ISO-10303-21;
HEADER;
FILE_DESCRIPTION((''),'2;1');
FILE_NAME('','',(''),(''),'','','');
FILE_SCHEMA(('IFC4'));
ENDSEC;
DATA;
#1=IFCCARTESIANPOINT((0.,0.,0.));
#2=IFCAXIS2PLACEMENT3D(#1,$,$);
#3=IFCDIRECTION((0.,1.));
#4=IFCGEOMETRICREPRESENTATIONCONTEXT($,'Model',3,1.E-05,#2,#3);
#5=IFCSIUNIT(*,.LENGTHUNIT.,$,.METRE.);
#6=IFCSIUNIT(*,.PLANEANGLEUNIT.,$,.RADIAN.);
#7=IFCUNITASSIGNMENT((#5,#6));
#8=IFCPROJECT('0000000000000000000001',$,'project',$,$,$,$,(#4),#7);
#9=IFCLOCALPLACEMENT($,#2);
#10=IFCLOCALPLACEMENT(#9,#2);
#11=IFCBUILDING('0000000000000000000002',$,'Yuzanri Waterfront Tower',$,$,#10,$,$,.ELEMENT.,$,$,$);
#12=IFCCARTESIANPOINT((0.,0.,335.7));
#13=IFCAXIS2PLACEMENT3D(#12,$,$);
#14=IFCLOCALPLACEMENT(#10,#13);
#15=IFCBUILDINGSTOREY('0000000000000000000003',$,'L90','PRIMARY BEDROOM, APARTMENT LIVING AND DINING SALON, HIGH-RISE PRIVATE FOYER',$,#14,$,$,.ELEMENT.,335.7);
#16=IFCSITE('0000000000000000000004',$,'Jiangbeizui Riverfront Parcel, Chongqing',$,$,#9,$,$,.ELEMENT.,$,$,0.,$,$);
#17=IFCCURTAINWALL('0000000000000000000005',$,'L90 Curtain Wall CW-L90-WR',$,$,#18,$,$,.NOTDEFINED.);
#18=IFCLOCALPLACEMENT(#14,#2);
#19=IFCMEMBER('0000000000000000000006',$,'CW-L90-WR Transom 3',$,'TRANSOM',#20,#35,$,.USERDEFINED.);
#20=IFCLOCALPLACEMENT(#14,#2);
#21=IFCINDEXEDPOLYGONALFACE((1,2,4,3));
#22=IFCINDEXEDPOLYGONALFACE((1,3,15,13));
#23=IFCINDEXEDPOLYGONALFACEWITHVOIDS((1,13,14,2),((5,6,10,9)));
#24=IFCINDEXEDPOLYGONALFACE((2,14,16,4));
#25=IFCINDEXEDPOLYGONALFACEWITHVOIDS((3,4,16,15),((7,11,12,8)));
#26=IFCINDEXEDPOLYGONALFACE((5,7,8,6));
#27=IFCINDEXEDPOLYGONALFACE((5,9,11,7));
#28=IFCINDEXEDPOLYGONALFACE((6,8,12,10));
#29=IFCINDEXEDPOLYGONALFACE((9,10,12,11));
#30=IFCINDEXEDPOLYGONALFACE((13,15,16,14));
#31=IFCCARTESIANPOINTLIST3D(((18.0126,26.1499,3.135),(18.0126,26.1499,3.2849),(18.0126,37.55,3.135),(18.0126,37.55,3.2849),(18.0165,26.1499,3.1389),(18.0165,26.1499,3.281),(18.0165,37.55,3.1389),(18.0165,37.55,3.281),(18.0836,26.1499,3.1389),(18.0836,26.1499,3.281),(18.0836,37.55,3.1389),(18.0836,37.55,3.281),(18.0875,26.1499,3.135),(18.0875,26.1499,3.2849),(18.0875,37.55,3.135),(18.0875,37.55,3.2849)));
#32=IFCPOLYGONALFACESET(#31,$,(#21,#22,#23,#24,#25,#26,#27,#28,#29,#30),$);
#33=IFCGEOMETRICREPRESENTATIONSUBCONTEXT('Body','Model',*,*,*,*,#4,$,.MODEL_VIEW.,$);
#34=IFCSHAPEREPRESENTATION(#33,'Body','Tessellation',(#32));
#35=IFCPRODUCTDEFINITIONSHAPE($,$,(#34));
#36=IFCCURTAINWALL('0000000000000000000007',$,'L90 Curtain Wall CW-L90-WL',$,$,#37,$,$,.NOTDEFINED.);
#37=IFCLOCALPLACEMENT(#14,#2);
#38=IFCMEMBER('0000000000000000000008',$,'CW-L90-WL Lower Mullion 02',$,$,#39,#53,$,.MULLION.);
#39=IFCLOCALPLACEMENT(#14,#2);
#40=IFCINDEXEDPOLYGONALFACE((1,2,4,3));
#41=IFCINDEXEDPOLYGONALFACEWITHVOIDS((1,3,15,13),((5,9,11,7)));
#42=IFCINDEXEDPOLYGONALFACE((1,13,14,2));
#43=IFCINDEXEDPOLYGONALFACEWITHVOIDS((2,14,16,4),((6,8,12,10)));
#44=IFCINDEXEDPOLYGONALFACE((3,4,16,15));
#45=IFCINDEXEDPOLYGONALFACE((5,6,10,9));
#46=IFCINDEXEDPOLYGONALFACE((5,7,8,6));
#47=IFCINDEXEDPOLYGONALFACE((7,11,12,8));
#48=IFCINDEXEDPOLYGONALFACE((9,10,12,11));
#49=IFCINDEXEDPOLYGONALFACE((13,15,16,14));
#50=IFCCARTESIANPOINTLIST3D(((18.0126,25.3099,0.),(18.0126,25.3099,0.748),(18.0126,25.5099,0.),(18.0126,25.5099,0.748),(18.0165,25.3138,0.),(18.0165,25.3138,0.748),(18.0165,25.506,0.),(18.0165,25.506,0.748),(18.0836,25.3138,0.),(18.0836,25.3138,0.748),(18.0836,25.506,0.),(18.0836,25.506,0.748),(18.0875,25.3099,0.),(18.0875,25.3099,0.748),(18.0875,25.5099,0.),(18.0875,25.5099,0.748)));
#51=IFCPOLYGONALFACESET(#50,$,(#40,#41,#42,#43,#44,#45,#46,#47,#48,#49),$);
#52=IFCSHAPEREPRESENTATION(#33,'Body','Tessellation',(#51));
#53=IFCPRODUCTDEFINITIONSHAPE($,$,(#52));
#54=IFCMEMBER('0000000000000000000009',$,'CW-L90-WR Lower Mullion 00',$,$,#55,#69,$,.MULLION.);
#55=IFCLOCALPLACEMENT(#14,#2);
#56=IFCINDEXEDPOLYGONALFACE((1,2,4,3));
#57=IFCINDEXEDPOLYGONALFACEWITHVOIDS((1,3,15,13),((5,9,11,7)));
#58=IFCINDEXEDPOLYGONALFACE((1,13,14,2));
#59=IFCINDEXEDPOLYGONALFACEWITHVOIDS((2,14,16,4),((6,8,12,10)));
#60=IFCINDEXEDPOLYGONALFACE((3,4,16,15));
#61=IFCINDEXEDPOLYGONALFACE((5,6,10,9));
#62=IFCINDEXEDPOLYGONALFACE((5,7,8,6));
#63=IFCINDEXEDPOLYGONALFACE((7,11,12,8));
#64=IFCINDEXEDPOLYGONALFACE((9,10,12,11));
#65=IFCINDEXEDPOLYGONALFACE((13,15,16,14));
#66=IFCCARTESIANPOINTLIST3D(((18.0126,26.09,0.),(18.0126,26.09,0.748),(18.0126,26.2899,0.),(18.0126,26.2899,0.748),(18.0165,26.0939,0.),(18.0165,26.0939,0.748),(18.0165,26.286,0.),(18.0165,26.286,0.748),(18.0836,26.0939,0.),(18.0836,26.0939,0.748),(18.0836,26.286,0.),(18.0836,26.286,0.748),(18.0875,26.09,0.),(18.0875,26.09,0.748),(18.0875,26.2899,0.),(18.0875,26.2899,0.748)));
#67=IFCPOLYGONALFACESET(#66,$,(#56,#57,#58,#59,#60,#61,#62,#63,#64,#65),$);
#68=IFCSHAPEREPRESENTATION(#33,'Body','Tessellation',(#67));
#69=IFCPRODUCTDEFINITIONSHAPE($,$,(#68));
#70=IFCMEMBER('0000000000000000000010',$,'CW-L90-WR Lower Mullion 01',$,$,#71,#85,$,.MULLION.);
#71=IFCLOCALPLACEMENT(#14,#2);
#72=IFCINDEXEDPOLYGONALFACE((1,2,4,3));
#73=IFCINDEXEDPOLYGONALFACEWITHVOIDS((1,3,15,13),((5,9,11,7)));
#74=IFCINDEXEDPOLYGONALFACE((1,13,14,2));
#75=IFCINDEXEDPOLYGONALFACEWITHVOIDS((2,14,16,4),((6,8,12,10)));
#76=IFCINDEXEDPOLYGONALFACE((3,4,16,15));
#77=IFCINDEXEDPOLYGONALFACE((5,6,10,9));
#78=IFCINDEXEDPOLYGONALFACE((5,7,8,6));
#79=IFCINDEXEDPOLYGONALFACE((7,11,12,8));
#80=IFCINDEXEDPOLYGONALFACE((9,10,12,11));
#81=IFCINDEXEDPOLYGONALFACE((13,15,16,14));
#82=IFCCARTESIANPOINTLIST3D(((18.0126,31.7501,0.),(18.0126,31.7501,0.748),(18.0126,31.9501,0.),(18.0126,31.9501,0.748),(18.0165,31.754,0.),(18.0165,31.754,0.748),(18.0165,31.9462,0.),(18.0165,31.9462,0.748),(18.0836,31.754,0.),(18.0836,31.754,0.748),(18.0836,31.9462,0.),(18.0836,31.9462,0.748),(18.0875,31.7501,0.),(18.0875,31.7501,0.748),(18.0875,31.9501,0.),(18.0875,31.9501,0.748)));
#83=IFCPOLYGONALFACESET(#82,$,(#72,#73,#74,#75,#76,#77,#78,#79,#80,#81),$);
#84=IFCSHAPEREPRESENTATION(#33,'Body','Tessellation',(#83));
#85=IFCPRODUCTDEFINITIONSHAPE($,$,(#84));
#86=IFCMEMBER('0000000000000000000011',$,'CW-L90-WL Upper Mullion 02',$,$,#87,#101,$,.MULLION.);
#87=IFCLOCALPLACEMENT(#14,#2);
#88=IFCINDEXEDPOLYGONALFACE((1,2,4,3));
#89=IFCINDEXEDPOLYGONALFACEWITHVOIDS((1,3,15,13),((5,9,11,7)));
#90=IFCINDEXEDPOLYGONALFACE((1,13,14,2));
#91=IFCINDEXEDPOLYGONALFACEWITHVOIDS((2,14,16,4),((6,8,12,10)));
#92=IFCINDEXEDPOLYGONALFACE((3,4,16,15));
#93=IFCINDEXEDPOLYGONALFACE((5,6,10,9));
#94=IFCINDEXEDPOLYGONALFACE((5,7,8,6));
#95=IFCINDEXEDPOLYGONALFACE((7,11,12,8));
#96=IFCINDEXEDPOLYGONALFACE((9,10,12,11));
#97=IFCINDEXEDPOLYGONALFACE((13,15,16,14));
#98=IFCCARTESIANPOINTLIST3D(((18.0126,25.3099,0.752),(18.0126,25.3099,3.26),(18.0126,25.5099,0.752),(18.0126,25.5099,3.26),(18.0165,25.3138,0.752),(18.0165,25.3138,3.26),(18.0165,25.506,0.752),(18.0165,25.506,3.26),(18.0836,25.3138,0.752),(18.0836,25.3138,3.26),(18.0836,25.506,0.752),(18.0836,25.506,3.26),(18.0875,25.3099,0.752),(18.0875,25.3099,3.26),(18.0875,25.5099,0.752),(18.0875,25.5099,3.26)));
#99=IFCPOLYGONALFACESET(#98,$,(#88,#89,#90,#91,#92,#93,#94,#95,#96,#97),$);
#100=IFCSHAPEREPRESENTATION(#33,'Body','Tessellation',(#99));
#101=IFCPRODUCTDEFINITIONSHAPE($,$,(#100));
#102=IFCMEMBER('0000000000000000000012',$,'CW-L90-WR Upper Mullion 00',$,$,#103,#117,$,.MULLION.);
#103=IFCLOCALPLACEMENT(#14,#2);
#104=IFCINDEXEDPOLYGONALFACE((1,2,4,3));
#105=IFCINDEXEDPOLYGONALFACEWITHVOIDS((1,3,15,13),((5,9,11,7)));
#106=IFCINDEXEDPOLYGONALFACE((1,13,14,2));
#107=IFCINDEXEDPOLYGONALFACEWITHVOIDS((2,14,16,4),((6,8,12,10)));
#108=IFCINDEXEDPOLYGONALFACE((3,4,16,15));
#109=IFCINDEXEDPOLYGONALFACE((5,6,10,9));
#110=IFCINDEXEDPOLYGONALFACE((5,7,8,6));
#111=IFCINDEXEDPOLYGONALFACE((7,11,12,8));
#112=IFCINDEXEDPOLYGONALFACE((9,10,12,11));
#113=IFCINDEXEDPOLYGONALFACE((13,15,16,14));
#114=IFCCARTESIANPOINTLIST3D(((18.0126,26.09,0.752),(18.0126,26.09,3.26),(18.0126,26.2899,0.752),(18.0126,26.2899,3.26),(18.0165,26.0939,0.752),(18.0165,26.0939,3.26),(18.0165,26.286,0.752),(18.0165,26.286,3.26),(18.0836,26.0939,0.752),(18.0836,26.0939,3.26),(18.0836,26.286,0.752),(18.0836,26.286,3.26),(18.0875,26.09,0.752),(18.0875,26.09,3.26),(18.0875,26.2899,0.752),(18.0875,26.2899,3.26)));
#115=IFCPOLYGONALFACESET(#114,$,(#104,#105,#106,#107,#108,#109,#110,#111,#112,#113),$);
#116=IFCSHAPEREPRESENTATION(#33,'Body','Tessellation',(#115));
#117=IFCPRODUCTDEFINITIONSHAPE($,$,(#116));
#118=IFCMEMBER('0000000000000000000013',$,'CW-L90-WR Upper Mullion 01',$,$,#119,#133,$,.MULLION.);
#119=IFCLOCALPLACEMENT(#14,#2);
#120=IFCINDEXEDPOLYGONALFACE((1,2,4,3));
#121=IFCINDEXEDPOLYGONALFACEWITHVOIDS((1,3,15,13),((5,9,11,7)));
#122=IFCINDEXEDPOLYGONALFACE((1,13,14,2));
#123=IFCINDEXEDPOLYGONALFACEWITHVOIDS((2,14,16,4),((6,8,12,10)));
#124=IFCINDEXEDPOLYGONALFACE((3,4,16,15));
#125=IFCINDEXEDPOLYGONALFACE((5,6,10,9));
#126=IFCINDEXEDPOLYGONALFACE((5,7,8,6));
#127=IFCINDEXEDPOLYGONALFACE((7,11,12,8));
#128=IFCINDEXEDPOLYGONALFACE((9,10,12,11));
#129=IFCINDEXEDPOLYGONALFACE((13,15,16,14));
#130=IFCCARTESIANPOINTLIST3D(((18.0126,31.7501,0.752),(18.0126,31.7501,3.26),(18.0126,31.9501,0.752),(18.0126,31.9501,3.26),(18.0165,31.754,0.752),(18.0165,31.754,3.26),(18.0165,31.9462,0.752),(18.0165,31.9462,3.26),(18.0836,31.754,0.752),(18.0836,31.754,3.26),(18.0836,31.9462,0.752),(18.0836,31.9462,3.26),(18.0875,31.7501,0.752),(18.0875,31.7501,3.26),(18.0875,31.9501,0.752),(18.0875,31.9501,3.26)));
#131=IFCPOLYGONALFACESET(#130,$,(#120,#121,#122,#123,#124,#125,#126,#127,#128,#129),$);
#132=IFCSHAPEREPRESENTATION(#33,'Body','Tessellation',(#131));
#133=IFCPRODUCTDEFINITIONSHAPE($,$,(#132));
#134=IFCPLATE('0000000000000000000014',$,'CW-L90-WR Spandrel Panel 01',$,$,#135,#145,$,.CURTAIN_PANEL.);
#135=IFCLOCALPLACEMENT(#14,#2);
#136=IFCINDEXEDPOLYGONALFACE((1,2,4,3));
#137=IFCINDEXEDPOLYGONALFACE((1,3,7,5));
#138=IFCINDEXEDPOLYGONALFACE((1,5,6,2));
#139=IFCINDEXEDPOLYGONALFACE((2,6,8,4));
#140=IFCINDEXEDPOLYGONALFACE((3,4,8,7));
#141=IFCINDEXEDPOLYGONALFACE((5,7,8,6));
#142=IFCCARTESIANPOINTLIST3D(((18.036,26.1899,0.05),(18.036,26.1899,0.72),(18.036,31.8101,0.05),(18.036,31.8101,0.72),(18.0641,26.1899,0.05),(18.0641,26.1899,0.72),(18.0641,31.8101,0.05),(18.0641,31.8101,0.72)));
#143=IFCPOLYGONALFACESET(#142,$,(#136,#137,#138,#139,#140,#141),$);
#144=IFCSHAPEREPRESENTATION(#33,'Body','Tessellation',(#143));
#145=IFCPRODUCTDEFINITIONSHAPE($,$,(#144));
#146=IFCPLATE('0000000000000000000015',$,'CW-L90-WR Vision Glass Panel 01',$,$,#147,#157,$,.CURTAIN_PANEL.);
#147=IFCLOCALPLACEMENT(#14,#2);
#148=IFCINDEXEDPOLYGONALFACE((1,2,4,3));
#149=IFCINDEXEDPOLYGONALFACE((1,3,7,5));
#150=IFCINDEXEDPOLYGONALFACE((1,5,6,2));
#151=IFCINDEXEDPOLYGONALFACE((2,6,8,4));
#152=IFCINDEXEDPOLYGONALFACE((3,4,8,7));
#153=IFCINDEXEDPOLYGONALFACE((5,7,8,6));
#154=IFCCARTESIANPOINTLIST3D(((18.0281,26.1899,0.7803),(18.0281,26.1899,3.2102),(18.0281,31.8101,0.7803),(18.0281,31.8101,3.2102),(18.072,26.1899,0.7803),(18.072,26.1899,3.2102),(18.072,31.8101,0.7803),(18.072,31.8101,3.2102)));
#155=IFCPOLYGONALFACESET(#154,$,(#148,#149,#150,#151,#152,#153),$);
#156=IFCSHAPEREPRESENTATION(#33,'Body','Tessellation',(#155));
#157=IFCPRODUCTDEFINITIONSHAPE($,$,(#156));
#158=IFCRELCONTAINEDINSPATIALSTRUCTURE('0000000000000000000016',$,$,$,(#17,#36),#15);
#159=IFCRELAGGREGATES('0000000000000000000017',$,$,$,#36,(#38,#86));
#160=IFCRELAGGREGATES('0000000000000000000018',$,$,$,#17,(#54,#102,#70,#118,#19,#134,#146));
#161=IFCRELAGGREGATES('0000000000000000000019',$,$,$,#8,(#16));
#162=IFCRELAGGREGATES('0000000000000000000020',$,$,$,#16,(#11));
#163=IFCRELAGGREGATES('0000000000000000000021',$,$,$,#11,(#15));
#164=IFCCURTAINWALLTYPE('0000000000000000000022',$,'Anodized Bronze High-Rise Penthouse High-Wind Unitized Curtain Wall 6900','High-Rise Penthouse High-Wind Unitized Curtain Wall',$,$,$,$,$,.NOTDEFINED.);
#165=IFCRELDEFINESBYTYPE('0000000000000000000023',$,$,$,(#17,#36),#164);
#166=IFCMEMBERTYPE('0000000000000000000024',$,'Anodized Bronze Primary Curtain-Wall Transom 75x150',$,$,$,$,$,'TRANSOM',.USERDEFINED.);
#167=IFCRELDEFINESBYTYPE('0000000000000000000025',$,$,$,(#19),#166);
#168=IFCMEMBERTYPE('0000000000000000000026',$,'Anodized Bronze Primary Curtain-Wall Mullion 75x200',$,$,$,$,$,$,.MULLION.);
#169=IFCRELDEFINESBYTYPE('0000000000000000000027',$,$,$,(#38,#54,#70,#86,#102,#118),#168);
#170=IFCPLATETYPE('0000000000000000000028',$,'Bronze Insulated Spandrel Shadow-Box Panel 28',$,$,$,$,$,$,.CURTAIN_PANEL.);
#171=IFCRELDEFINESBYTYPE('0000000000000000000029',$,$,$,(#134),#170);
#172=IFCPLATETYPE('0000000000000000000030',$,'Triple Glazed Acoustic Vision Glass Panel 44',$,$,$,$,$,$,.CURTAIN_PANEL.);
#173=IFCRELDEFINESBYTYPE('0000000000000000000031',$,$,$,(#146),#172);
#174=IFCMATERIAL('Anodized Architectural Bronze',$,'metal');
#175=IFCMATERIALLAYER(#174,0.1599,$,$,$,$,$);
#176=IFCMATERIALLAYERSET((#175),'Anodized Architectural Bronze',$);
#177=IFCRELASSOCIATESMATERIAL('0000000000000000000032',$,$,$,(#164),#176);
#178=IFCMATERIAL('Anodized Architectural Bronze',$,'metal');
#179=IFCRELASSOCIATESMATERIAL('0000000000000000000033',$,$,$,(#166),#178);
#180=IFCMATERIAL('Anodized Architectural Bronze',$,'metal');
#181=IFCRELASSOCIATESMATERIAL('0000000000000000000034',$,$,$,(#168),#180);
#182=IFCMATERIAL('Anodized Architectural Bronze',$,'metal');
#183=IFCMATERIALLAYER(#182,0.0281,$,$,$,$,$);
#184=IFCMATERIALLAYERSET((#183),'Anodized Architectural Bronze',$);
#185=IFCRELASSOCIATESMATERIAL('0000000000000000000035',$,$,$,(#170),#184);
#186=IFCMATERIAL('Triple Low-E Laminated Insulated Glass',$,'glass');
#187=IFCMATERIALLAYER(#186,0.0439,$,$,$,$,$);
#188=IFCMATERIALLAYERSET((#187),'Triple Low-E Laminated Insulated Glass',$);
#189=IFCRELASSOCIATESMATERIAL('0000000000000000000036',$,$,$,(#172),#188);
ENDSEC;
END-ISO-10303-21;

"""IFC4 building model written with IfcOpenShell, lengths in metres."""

from ifc_helpers import new_model, si_unit, direction, frame, origin, origin_2d, place, context, subcontext, project, spatial, rectangle, hollow_rectangle, extrude, source, transform, mapped, material, layer, layer_set, material_profile, profile_set, type_object, element, aggregate, save


model = new_model("IFC4")

# Units and contexts
model_context = context("Model", 3, precision=1e-05, world=origin(), true_north=direction((0.0, 1.0)))
body_context = subcontext(model_context, "Body", "Model", "MODEL_VIEW")
ifc_project = project(units=[si_unit("LENGTHUNIT", "METRE"), si_unit("PLANEANGLEUNIT", "RADIAN")], contexts=[model_context])

# Site, building, storey
site_placement = place(None, origin())
site = spatial("IfcSite", under=ifc_project, at=site_placement, Name="Jiangbeizui Riverfront Parcel, Chongqing", CompositionType="ELEMENT", RefElevation=0.0)
building_placement = place(site_placement, origin())
building = spatial("IfcBuilding", under=site, at=building_placement, Name="Yuzanri Waterfront Tower", CompositionType="ELEMENT")
storey_placement = place(building_placement, frame((0.0, 0.0, 335.7)))
storey = spatial("IfcBuildingStorey", under=building, at=storey_placement, Name="L90", Description="PRIMARY BEDROOM, APARTMENT LIVING AND DINING SALON, HIGH-RISE PRIVATE FOYER", CompositionType="ELEMENT", Elevation=335.7)

# Curtain wall, member
ifc_material_1 = material(Name="Anodized Architectural Bronze", Category="metal")
ifc_layer_1 = layer(ifc_material_1, 0.1599)
ifc_layer_set_1 = layer_set([ifc_layer_1], Name="Anodized Architectural Bronze")
curtain_wall_type = type_object("IfcCurtainWallType", Name="Anodized Bronze High-Rise Penthouse High-Wind Unitized Curtain Wall 6900", Description="High-Rise Penthouse High-Wind Unitized Curtain Wall", PredefinedType="NOTDEFINED", material=ifc_layer_set_1)
curtain_wall_1_placement = place(storey_placement, origin())
curtain_wall_1 = element("IfcCurtainWall", 1, at=curtain_wall_1_placement, inside=storey, type_object=curtain_wall_type, Name="L90 Curtain Wall CW-L90-WR", PredefinedType="NOTDEFINED")
ifc_material_2 = material(Name="Anodized Architectural Bronze", Category="metal")
ifc_material_profile_1 = material_profile(ifc_material_2, hollow_rectangle(XDim=0.075, YDim=0.1499, WallThickness=0.0039, at=origin_2d()), Name="CWT 75x150")
ifc_profile_set_1 = profile_set([ifc_material_profile_1], Name="Anodized Architectural Bronze")
member_type_1 = type_object("IfcMemberType", Name="Anodized Bronze Primary Curtain-Wall Transom 75x150", ElementType="TRANSOM", PredefinedType="USERDEFINED", material=ifc_profile_set_1)
shared_shape_1 = source(origin(), body_context, "Body", "SweptSolid", [
    extrude(hollow_rectangle(XDim=0.075, YDim=0.1499, WallThickness=0.0039, at=origin_2d()), origin(), (0.0, 0.0, 1.0), 11.4001),
])
member_1_placement = place(storey_placement, frame((18.05, 26.1499, 3.21), z_axis=(0.0, 1.0, 0.0), x_axis=(-1.0, 0.0, 0.0)))
member_1 = element("IfcMember", 2, at=member_1_placement, type_object=member_type_1, Name="CW-L90-WR Transom 3", ObjectType="TRANSOM", PredefinedType="USERDEFINED", context=body_context, shape_type="MappedRepresentation", body=[
    mapped(shared_shape_1, transform((0.0, 0.0, 0.0), scale=1.0)),
])

# Curtain wall, member
curtain_wall_2_placement = place(storey_placement, origin())
curtain_wall_2 = element("IfcCurtainWall", 3, at=curtain_wall_2_placement, inside=storey, type_object=curtain_wall_type, Name="L90 Curtain Wall CW-L90-WL", PredefinedType="NOTDEFINED")
ifc_material_3 = material(Name="Anodized Architectural Bronze", Category="metal")
ifc_material_profile_2 = material_profile(ifc_material_3, hollow_rectangle(XDim=0.075, YDim=0.2, WallThickness=0.0039, at=origin_2d()), Name="CWM 75x200")
ifc_profile_set_2 = profile_set([ifc_material_profile_2], Name="Anodized Architectural Bronze")
member_type_2 = type_object("IfcMemberType", Name="Anodized Bronze Primary Curtain-Wall Mullion 75x200", PredefinedType="MULLION", material=ifc_profile_set_2)
shared_shape_2 = source(origin(), body_context, "Body", "SweptSolid", [
    extrude(hollow_rectangle(XDim=0.075, YDim=0.2, WallThickness=0.0039, at=origin_2d()), origin(), (0.0, 0.0, 1.0), 0.748),
])
member_2_placement = place(storey_placement, frame((18.05, 25.4099, 0.0), z_axis=(0.0, 0.0, 1.0), x_axis=(1.0, 0.0, 0.0)))
member_2 = element("IfcMember", 4, at=member_2_placement, type_object=member_type_2, Name="CW-L90-WL Lower Mullion 02", PredefinedType="MULLION", context=body_context, shape_type="MappedRepresentation", body=[
    mapped(shared_shape_2, transform((0.0, 0.0, 0.0), scale=1.0)),
])

# Members
member_3_placement = place(storey_placement, frame((18.05, 26.1899, 0.0), z_axis=(0.0, 0.0, 1.0), x_axis=(1.0, 0.0, 0.0)))
member_3 = element("IfcMember", 5, at=member_3_placement, type_object=member_type_2, Name="CW-L90-WR Lower Mullion 00", PredefinedType="MULLION", context=body_context, shape_type="MappedRepresentation", body=[
    mapped(shared_shape_2, transform((0.0, 0.0, 0.0), scale=1.0)),
])
member_4_placement = place(storey_placement, frame((18.05, 31.8501, 0.0), z_axis=(0.0, 0.0, 1.0), x_axis=(1.0, 0.0, 0.0)))
member_4 = element("IfcMember", 6, at=member_4_placement, type_object=member_type_2, Name="CW-L90-WR Lower Mullion 01", PredefinedType="MULLION", context=body_context, shape_type="MappedRepresentation", body=[
    mapped(shared_shape_2, transform((0.0, 0.0, 0.0), scale=1.0)),
])
shared_shape_3 = source(origin(), body_context, "Body", "SweptSolid", [
    extrude(hollow_rectangle(XDim=0.075, YDim=0.2, WallThickness=0.0039, at=origin_2d()), origin(), (0.0, 0.0, 1.0), 2.5081),
])
member_5_placement = place(storey_placement, frame((18.05, 25.4099, 0.752), z_axis=(0.0, 0.0, 1.0), x_axis=(1.0, 0.0, 0.0)))
member_5 = element("IfcMember", 7, at=member_5_placement, type_object=member_type_2, Name="CW-L90-WL Upper Mullion 02", PredefinedType="MULLION", context=body_context, shape_type="MappedRepresentation", body=[
    mapped(shared_shape_3, transform((0.0, 0.0, 0.0), scale=1.0)),
])
aggregate(curtain_wall_2, [member_2, member_5])
member_6_placement = place(storey_placement, frame((18.05, 26.1899, 0.752), z_axis=(0.0, 0.0, 1.0), x_axis=(1.0, 0.0, 0.0)))
member_6 = element("IfcMember", 8, at=member_6_placement, type_object=member_type_2, Name="CW-L90-WR Upper Mullion 00", PredefinedType="MULLION", context=body_context, shape_type="MappedRepresentation", body=[
    mapped(shared_shape_3, transform((0.0, 0.0, 0.0), scale=1.0)),
])
member_7_placement = place(storey_placement, frame((18.05, 31.8501, 0.752), z_axis=(0.0, 0.0, 1.0), x_axis=(1.0, 0.0, 0.0)))
member_7 = element("IfcMember", 9, at=member_7_placement, type_object=member_type_2, Name="CW-L90-WR Upper Mullion 01", PredefinedType="MULLION", context=body_context, shape_type="MappedRepresentation", body=[
    mapped(shared_shape_3, transform((0.0, 0.0, 0.0), scale=1.0)),
])

# Plates
ifc_material_4 = material(Name="Anodized Architectural Bronze", Category="metal")
ifc_layer_2 = layer(ifc_material_4, 0.0281)
ifc_layer_set_2 = layer_set([ifc_layer_2], Name="Anodized Architectural Bronze")
plate_type_1 = type_object("IfcPlateType", Name="Bronze Insulated Spandrel Shadow-Box Panel 28", PredefinedType="CURTAIN_PANEL", material=ifc_layer_set_2)
shared_shape_4 = source(origin(), body_context, "Body", "SweptSolid", [
    extrude(rectangle(XDim=5.6201, YDim=0.0281, at=origin_2d()), origin(), (0.0, 0.0, 1.0), 0.6699),
])
plate_1_placement = place(storey_placement, frame((18.05, 29.0, 0.05), z_axis=(0.0, 0.0, 1.0), x_axis=(0.0, 1.0, 0.0)))
plate_1 = element("IfcPlate", 10, at=plate_1_placement, type_object=plate_type_1, Name="CW-L90-WR Spandrel Panel 01", PredefinedType="CURTAIN_PANEL", context=body_context, shape_type="MappedRepresentation", body=[
    mapped(shared_shape_4, transform((0.0, 0.0, 0.0), scale=1.0)),
])
ifc_material_5 = material(Name="Triple Low-E Laminated Insulated Glass", Category="glass")
ifc_layer_3 = layer(ifc_material_5, 0.0439)
ifc_layer_set_3 = layer_set([ifc_layer_3], Name="Triple Low-E Laminated Insulated Glass")
plate_type_2 = type_object("IfcPlateType", Name="Triple Glazed Acoustic Vision Glass Panel 44", PredefinedType="CURTAIN_PANEL", material=ifc_layer_set_3)
shared_shape_5 = source(origin(), body_context, "Body", "SweptSolid", [
    extrude(rectangle(XDim=5.6201, YDim=0.0439, at=origin_2d()), origin(), (0.0, 0.0, 1.0), 2.4299),
])
plate_2_placement = place(storey_placement, frame((18.05, 29.0, 0.7803), z_axis=(0.0, 0.0, 1.0), x_axis=(0.0, 1.0, 0.0)))
plate_2 = element("IfcPlate", 11, at=plate_2_placement, type_object=plate_type_2, Name="CW-L90-WR Vision Glass Panel 01", PredefinedType="CURTAIN_PANEL", context=body_context, shape_type="MappedRepresentation", body=[
    mapped(shared_shape_5, transform((0.0, 0.0, 0.0), scale=1.0)),
])
aggregate(curtain_wall_1, [member_3, member_6, member_4, member_7, member_1, plate_1, plate_2])

save(model, "model.ifc")
